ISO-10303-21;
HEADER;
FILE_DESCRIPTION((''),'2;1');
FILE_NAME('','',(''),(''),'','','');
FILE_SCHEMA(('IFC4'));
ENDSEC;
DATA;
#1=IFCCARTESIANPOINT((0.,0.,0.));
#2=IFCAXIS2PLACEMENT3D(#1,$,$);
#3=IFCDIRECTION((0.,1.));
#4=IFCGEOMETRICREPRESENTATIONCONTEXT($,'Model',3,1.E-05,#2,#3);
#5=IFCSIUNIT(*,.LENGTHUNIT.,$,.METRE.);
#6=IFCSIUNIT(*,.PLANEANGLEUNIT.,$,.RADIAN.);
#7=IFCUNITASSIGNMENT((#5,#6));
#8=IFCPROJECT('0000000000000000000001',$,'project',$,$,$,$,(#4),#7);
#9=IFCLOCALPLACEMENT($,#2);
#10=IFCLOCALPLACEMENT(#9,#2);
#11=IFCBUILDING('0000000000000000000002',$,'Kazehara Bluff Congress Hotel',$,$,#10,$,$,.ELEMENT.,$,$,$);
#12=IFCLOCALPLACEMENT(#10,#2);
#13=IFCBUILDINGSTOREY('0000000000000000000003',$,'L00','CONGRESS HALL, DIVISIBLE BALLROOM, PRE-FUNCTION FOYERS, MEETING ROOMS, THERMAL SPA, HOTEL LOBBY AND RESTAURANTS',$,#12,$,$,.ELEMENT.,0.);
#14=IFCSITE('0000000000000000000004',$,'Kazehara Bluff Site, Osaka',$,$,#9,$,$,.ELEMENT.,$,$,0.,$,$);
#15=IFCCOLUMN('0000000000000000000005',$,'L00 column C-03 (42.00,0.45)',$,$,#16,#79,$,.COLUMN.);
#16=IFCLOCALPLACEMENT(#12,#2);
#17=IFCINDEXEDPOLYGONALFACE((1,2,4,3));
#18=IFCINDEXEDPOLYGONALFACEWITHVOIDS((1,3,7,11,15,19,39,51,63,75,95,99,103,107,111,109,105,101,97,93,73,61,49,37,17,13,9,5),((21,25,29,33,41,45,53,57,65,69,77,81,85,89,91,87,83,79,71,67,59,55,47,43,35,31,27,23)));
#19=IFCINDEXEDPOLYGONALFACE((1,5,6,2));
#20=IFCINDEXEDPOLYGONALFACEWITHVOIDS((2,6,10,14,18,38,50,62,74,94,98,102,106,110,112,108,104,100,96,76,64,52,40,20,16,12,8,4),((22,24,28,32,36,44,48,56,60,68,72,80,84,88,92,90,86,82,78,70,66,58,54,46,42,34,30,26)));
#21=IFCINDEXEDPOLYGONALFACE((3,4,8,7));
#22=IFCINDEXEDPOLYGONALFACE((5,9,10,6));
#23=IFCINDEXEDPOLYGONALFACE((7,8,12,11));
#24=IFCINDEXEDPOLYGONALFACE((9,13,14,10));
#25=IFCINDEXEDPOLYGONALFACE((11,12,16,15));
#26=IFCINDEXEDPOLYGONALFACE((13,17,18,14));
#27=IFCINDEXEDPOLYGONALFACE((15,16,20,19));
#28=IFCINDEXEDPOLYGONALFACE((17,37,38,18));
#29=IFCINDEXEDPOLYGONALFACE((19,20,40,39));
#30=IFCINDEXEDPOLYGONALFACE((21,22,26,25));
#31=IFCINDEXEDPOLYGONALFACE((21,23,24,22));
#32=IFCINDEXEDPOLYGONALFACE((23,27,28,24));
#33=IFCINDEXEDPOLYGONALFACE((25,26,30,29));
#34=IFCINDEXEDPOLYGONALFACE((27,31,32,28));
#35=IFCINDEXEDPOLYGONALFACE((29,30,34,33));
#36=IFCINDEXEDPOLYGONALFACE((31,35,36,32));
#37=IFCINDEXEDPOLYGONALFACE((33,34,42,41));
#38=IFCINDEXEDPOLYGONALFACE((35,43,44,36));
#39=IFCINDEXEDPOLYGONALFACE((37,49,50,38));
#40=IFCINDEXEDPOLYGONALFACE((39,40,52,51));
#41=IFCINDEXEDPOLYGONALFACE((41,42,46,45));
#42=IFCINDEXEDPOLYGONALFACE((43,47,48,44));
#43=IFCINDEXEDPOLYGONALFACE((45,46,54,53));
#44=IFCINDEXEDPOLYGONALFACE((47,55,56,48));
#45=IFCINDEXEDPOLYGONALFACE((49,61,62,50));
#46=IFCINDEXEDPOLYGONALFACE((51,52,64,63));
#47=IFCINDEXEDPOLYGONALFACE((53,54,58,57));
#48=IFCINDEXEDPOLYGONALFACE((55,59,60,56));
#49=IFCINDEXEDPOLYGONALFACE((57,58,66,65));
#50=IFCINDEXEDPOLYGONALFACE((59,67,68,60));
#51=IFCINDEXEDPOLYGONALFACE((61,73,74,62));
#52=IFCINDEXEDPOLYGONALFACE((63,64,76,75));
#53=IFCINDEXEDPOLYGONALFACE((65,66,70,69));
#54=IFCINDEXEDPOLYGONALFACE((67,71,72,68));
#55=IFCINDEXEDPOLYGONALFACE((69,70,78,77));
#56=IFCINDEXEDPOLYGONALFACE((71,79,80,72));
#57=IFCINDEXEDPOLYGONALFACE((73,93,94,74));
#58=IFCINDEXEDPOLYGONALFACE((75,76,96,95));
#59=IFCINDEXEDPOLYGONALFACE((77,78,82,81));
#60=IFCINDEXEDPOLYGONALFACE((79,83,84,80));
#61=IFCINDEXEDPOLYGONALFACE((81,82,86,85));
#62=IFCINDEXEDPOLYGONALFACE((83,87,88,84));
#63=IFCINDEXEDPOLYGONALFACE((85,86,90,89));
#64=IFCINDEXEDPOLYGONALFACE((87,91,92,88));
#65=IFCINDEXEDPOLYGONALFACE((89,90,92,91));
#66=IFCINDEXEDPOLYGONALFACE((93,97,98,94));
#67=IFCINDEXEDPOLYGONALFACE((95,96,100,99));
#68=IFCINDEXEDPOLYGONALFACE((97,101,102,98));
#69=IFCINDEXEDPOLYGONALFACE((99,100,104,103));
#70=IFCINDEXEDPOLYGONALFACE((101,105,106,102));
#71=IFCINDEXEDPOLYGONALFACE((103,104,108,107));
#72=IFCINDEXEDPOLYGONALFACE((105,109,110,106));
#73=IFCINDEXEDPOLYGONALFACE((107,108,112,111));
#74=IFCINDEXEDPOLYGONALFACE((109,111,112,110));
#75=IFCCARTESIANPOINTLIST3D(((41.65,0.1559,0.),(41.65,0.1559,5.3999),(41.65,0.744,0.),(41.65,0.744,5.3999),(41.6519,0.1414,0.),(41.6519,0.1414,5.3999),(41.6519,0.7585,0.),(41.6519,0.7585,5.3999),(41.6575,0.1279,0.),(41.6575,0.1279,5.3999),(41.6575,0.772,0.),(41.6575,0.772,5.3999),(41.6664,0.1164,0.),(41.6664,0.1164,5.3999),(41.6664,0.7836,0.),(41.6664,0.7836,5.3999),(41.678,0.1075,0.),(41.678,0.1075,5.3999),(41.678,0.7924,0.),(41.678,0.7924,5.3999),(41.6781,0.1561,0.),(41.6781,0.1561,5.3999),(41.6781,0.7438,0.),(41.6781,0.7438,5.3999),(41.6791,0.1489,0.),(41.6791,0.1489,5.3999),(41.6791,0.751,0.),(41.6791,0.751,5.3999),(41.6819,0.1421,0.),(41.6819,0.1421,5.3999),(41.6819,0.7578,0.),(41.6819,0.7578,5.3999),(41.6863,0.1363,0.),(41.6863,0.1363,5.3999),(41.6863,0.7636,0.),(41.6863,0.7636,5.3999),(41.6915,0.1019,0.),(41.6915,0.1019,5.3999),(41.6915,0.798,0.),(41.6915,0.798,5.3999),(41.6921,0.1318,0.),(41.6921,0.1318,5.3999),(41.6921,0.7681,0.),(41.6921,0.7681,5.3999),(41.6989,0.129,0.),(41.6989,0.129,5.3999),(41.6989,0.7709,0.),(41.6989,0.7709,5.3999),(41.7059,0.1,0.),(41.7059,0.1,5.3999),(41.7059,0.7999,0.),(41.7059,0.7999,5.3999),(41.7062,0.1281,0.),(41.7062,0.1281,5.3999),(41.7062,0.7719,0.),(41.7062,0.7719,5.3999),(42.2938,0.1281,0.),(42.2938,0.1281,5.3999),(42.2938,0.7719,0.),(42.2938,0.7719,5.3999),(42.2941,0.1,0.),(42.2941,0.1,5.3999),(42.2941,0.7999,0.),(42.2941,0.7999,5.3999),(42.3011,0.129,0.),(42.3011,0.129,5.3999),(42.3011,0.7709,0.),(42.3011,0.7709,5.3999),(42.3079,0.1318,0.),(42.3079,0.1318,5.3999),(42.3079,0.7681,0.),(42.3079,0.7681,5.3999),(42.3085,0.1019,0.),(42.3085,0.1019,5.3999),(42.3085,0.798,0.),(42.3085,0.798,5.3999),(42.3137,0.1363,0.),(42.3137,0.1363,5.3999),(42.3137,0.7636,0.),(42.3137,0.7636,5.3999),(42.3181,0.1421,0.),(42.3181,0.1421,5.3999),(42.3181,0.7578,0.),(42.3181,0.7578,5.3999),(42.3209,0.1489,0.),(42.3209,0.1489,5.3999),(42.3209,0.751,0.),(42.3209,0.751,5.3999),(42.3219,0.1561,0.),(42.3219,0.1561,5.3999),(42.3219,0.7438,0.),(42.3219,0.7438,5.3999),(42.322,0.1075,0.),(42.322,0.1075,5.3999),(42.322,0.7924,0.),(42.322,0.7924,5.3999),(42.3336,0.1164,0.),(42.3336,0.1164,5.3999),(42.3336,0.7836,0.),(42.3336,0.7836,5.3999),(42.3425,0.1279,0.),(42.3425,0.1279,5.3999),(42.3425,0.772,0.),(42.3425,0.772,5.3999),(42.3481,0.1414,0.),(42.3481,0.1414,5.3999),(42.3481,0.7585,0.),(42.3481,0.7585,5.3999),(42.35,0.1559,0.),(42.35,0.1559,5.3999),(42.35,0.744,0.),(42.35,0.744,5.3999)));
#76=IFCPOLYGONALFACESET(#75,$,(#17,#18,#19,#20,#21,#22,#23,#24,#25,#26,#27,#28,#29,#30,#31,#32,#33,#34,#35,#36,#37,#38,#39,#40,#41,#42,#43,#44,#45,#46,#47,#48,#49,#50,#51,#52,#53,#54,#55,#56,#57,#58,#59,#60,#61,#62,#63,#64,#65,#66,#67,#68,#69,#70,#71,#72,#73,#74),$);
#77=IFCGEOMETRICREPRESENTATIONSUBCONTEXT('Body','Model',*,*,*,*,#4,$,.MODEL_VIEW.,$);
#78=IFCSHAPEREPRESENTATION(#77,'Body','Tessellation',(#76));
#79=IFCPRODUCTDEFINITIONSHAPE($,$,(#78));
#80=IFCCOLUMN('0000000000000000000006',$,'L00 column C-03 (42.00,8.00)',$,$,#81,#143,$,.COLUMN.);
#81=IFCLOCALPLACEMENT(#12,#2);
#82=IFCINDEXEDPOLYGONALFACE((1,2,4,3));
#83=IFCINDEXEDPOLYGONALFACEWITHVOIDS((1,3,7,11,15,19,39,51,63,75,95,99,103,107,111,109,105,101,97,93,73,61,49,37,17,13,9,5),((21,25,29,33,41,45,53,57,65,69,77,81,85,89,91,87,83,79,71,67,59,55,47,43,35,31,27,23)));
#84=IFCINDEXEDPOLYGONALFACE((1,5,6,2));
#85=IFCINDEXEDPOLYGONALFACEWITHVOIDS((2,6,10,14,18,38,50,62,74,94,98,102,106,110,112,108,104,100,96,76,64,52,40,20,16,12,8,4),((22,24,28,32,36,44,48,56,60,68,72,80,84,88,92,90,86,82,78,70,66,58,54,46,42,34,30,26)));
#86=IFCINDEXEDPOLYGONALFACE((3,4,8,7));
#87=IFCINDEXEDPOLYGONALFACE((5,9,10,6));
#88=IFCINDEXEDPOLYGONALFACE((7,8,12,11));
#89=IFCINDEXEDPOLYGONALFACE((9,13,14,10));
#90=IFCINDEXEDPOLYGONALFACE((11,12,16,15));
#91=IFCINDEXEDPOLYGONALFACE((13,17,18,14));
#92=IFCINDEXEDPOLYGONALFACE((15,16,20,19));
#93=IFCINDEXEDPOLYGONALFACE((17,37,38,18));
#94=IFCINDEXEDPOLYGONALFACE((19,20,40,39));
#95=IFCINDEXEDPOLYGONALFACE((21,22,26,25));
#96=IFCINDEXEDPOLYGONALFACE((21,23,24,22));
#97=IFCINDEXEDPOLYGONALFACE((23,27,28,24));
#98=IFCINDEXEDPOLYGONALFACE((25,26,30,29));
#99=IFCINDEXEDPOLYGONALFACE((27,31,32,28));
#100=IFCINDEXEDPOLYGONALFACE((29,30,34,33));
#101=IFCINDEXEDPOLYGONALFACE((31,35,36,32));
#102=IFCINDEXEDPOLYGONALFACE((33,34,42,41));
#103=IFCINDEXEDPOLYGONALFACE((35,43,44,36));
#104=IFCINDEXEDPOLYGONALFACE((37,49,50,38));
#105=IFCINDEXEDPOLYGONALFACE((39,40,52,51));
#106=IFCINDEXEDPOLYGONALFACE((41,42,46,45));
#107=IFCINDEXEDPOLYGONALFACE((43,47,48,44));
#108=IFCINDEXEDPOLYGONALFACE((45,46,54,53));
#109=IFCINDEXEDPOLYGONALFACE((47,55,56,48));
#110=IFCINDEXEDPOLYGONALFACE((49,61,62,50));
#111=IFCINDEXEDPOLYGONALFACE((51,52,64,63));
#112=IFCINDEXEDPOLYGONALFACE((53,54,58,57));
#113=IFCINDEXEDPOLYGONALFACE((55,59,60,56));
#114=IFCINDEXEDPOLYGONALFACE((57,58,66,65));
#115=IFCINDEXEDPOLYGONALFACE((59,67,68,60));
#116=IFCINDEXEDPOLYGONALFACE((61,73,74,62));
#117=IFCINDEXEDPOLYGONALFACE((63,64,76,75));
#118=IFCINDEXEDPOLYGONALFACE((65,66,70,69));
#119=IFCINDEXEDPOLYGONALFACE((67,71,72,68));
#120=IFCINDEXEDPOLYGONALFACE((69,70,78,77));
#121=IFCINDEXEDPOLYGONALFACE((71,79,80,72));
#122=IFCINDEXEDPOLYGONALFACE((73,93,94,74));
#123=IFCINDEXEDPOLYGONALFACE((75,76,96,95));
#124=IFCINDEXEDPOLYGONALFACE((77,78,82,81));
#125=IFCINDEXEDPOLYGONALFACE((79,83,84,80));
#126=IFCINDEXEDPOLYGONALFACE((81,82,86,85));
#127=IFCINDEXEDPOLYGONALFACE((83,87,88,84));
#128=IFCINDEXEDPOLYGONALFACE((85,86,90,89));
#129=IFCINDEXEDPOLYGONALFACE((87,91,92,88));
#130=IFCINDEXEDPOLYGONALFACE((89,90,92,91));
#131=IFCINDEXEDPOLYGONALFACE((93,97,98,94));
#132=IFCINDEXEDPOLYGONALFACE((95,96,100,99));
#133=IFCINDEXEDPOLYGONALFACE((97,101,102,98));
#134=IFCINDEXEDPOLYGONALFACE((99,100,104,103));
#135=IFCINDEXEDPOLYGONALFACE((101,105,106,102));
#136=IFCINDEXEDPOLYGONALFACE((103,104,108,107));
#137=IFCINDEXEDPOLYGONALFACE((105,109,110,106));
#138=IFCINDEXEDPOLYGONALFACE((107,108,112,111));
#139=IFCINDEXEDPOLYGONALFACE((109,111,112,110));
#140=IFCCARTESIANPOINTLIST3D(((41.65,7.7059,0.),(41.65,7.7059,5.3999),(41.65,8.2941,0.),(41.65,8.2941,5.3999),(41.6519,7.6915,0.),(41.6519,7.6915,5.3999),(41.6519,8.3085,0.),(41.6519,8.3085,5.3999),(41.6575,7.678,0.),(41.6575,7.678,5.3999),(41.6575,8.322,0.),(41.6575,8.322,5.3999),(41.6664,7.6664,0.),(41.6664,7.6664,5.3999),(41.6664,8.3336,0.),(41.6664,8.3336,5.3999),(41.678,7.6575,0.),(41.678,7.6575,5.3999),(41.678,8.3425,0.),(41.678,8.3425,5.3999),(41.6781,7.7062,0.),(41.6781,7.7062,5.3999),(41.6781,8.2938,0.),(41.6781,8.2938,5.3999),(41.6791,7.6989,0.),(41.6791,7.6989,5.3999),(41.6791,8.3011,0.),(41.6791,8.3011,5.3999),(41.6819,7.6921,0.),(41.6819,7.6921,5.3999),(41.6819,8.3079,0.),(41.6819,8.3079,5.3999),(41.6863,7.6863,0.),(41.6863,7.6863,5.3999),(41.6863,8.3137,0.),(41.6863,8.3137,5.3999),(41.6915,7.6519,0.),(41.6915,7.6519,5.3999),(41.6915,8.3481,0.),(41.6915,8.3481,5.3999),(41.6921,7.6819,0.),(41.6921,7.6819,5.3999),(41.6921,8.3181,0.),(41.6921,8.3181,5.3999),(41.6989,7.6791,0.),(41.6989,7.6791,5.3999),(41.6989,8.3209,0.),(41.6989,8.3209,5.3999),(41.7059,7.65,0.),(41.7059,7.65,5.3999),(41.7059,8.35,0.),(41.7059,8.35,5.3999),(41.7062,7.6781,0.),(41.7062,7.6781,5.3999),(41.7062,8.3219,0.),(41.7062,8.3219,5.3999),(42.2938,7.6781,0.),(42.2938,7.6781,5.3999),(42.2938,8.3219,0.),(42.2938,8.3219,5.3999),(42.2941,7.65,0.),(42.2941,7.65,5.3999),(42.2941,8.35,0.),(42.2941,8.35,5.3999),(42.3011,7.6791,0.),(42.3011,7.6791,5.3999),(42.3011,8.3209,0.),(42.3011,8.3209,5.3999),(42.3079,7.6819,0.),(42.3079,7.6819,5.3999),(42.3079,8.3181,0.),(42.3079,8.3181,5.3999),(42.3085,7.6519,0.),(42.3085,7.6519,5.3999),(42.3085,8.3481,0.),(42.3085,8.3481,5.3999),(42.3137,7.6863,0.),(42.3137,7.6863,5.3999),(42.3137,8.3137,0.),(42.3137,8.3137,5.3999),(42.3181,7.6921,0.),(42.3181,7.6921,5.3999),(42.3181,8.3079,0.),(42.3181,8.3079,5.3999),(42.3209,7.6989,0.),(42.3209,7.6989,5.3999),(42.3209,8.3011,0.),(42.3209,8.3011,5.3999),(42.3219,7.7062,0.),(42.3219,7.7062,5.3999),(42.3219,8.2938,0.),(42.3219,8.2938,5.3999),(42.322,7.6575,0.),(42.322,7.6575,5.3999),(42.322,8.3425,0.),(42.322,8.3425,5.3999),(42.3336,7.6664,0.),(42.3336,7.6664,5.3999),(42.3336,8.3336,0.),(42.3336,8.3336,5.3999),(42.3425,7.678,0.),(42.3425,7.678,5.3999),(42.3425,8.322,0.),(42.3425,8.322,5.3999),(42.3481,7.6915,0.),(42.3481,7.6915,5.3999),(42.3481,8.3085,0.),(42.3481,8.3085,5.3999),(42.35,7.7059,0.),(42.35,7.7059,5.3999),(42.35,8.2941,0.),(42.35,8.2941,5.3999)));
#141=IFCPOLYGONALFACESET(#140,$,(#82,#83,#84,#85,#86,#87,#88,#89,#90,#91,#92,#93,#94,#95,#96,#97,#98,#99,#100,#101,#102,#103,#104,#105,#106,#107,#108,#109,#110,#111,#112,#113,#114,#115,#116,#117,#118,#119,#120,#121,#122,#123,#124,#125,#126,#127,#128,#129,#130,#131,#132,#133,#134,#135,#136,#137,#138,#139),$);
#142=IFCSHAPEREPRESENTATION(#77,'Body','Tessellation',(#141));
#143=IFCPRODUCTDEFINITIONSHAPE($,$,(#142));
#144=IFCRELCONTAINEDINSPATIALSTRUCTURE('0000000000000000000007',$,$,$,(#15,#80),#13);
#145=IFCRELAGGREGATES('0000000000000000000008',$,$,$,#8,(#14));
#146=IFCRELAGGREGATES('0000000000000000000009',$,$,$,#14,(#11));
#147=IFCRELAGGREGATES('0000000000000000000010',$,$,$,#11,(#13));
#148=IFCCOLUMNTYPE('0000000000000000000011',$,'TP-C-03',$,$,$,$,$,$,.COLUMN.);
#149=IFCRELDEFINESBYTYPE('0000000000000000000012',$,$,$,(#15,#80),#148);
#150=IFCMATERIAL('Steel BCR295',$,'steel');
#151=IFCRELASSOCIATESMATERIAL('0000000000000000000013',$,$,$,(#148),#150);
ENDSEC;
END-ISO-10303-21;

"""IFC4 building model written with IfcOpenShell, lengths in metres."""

from ifc_helpers import new_model, si_unit, direction, frame, origin, origin_2d, place, context, subcontext, project, spatial, hollow_rectangle, extrude, material, material_profile, profile_set, type_object, element, save


model = new_model("IFC4")

# Units and contexts
model_context = context("Model", 3, precision=1e-05, world=origin(), true_north=direction((0.0, 1.0)))
body_context = subcontext(model_context, "Body", "Model", "MODEL_VIEW")
ifc_project = project(units=[si_unit("LENGTHUNIT", "METRE"), si_unit("PLANEANGLEUNIT", "RADIAN")], contexts=[model_context])

# Site, building, storey
site_placement = place(None, origin())
site = spatial("IfcSite", under=ifc_project, at=site_placement, Name="Kazehara Bluff Site, Osaka", CompositionType="ELEMENT", RefElevation=0.0)
building_placement = place(site_placement, origin())
building = spatial("IfcBuilding", under=site, at=building_placement, Name="Kazehara Bluff Congress Hotel", CompositionType="ELEMENT")
storey_placement = place(building_placement, origin())
storey = spatial("IfcBuildingStorey", under=building, at=storey_placement, Name="L00", Description="CONGRESS HALL, DIVISIBLE BALLROOM, PRE-FUNCTION FOYERS, MEETING ROOMS, THERMAL SPA, HOTEL LOBBY AND RESTAURANTS", CompositionType="ELEMENT", Elevation=0.0)

# Columns
ifc_material_1 = material(Name="Steel BCR295", Category="steel")
ifc_material_profile_1 = material_profile(ifc_material_1, hollow_rectangle(XDim=0.7, YDim=0.7, WallThickness=0.0281, InnerFilletRadius=0.0281, OuterFilletRadius=0.0559, at=origin_2d()))
ifc_profile_set_1 = profile_set([ifc_material_profile_1], Name="Steel BCR295")
column_type = type_object("IfcColumnType", Name="TP-C-03", PredefinedType="COLUMN", material=ifc_profile_set_1)
for number, where, z_axis, x_axis, name in (
    (1, (42.0, 0.45, 0.0), (0.0, 0.0, 1.0), (1.0, 0.0, 0.0), "L00 column C-03 (42.00,0.45)"),
    (2, (42.0, 8.0, 0.0), (0.0, 0.0, 1.0), (1.0, 0.0, 0.0), "L00 column C-03 (42.00,8.00)"),
):
    element("IfcColumn", number, at=place(storey_placement, frame(where, z_axis=z_axis, x_axis=x_axis)), inside=storey, type_object=column_type, Name=name, PredefinedType="COLUMN", context=body_context, shape_type="SweptSolid", body=[
        extrude(hollow_rectangle(XDim=0.7, YDim=0.7, WallThickness=0.0281, InnerFilletRadius=0.0281, OuterFilletRadius=0.0559, at=origin_2d()), origin(), (0.0, 0.0, 1.0), 5.3999),
    ])

save(model, "model.ifc")
